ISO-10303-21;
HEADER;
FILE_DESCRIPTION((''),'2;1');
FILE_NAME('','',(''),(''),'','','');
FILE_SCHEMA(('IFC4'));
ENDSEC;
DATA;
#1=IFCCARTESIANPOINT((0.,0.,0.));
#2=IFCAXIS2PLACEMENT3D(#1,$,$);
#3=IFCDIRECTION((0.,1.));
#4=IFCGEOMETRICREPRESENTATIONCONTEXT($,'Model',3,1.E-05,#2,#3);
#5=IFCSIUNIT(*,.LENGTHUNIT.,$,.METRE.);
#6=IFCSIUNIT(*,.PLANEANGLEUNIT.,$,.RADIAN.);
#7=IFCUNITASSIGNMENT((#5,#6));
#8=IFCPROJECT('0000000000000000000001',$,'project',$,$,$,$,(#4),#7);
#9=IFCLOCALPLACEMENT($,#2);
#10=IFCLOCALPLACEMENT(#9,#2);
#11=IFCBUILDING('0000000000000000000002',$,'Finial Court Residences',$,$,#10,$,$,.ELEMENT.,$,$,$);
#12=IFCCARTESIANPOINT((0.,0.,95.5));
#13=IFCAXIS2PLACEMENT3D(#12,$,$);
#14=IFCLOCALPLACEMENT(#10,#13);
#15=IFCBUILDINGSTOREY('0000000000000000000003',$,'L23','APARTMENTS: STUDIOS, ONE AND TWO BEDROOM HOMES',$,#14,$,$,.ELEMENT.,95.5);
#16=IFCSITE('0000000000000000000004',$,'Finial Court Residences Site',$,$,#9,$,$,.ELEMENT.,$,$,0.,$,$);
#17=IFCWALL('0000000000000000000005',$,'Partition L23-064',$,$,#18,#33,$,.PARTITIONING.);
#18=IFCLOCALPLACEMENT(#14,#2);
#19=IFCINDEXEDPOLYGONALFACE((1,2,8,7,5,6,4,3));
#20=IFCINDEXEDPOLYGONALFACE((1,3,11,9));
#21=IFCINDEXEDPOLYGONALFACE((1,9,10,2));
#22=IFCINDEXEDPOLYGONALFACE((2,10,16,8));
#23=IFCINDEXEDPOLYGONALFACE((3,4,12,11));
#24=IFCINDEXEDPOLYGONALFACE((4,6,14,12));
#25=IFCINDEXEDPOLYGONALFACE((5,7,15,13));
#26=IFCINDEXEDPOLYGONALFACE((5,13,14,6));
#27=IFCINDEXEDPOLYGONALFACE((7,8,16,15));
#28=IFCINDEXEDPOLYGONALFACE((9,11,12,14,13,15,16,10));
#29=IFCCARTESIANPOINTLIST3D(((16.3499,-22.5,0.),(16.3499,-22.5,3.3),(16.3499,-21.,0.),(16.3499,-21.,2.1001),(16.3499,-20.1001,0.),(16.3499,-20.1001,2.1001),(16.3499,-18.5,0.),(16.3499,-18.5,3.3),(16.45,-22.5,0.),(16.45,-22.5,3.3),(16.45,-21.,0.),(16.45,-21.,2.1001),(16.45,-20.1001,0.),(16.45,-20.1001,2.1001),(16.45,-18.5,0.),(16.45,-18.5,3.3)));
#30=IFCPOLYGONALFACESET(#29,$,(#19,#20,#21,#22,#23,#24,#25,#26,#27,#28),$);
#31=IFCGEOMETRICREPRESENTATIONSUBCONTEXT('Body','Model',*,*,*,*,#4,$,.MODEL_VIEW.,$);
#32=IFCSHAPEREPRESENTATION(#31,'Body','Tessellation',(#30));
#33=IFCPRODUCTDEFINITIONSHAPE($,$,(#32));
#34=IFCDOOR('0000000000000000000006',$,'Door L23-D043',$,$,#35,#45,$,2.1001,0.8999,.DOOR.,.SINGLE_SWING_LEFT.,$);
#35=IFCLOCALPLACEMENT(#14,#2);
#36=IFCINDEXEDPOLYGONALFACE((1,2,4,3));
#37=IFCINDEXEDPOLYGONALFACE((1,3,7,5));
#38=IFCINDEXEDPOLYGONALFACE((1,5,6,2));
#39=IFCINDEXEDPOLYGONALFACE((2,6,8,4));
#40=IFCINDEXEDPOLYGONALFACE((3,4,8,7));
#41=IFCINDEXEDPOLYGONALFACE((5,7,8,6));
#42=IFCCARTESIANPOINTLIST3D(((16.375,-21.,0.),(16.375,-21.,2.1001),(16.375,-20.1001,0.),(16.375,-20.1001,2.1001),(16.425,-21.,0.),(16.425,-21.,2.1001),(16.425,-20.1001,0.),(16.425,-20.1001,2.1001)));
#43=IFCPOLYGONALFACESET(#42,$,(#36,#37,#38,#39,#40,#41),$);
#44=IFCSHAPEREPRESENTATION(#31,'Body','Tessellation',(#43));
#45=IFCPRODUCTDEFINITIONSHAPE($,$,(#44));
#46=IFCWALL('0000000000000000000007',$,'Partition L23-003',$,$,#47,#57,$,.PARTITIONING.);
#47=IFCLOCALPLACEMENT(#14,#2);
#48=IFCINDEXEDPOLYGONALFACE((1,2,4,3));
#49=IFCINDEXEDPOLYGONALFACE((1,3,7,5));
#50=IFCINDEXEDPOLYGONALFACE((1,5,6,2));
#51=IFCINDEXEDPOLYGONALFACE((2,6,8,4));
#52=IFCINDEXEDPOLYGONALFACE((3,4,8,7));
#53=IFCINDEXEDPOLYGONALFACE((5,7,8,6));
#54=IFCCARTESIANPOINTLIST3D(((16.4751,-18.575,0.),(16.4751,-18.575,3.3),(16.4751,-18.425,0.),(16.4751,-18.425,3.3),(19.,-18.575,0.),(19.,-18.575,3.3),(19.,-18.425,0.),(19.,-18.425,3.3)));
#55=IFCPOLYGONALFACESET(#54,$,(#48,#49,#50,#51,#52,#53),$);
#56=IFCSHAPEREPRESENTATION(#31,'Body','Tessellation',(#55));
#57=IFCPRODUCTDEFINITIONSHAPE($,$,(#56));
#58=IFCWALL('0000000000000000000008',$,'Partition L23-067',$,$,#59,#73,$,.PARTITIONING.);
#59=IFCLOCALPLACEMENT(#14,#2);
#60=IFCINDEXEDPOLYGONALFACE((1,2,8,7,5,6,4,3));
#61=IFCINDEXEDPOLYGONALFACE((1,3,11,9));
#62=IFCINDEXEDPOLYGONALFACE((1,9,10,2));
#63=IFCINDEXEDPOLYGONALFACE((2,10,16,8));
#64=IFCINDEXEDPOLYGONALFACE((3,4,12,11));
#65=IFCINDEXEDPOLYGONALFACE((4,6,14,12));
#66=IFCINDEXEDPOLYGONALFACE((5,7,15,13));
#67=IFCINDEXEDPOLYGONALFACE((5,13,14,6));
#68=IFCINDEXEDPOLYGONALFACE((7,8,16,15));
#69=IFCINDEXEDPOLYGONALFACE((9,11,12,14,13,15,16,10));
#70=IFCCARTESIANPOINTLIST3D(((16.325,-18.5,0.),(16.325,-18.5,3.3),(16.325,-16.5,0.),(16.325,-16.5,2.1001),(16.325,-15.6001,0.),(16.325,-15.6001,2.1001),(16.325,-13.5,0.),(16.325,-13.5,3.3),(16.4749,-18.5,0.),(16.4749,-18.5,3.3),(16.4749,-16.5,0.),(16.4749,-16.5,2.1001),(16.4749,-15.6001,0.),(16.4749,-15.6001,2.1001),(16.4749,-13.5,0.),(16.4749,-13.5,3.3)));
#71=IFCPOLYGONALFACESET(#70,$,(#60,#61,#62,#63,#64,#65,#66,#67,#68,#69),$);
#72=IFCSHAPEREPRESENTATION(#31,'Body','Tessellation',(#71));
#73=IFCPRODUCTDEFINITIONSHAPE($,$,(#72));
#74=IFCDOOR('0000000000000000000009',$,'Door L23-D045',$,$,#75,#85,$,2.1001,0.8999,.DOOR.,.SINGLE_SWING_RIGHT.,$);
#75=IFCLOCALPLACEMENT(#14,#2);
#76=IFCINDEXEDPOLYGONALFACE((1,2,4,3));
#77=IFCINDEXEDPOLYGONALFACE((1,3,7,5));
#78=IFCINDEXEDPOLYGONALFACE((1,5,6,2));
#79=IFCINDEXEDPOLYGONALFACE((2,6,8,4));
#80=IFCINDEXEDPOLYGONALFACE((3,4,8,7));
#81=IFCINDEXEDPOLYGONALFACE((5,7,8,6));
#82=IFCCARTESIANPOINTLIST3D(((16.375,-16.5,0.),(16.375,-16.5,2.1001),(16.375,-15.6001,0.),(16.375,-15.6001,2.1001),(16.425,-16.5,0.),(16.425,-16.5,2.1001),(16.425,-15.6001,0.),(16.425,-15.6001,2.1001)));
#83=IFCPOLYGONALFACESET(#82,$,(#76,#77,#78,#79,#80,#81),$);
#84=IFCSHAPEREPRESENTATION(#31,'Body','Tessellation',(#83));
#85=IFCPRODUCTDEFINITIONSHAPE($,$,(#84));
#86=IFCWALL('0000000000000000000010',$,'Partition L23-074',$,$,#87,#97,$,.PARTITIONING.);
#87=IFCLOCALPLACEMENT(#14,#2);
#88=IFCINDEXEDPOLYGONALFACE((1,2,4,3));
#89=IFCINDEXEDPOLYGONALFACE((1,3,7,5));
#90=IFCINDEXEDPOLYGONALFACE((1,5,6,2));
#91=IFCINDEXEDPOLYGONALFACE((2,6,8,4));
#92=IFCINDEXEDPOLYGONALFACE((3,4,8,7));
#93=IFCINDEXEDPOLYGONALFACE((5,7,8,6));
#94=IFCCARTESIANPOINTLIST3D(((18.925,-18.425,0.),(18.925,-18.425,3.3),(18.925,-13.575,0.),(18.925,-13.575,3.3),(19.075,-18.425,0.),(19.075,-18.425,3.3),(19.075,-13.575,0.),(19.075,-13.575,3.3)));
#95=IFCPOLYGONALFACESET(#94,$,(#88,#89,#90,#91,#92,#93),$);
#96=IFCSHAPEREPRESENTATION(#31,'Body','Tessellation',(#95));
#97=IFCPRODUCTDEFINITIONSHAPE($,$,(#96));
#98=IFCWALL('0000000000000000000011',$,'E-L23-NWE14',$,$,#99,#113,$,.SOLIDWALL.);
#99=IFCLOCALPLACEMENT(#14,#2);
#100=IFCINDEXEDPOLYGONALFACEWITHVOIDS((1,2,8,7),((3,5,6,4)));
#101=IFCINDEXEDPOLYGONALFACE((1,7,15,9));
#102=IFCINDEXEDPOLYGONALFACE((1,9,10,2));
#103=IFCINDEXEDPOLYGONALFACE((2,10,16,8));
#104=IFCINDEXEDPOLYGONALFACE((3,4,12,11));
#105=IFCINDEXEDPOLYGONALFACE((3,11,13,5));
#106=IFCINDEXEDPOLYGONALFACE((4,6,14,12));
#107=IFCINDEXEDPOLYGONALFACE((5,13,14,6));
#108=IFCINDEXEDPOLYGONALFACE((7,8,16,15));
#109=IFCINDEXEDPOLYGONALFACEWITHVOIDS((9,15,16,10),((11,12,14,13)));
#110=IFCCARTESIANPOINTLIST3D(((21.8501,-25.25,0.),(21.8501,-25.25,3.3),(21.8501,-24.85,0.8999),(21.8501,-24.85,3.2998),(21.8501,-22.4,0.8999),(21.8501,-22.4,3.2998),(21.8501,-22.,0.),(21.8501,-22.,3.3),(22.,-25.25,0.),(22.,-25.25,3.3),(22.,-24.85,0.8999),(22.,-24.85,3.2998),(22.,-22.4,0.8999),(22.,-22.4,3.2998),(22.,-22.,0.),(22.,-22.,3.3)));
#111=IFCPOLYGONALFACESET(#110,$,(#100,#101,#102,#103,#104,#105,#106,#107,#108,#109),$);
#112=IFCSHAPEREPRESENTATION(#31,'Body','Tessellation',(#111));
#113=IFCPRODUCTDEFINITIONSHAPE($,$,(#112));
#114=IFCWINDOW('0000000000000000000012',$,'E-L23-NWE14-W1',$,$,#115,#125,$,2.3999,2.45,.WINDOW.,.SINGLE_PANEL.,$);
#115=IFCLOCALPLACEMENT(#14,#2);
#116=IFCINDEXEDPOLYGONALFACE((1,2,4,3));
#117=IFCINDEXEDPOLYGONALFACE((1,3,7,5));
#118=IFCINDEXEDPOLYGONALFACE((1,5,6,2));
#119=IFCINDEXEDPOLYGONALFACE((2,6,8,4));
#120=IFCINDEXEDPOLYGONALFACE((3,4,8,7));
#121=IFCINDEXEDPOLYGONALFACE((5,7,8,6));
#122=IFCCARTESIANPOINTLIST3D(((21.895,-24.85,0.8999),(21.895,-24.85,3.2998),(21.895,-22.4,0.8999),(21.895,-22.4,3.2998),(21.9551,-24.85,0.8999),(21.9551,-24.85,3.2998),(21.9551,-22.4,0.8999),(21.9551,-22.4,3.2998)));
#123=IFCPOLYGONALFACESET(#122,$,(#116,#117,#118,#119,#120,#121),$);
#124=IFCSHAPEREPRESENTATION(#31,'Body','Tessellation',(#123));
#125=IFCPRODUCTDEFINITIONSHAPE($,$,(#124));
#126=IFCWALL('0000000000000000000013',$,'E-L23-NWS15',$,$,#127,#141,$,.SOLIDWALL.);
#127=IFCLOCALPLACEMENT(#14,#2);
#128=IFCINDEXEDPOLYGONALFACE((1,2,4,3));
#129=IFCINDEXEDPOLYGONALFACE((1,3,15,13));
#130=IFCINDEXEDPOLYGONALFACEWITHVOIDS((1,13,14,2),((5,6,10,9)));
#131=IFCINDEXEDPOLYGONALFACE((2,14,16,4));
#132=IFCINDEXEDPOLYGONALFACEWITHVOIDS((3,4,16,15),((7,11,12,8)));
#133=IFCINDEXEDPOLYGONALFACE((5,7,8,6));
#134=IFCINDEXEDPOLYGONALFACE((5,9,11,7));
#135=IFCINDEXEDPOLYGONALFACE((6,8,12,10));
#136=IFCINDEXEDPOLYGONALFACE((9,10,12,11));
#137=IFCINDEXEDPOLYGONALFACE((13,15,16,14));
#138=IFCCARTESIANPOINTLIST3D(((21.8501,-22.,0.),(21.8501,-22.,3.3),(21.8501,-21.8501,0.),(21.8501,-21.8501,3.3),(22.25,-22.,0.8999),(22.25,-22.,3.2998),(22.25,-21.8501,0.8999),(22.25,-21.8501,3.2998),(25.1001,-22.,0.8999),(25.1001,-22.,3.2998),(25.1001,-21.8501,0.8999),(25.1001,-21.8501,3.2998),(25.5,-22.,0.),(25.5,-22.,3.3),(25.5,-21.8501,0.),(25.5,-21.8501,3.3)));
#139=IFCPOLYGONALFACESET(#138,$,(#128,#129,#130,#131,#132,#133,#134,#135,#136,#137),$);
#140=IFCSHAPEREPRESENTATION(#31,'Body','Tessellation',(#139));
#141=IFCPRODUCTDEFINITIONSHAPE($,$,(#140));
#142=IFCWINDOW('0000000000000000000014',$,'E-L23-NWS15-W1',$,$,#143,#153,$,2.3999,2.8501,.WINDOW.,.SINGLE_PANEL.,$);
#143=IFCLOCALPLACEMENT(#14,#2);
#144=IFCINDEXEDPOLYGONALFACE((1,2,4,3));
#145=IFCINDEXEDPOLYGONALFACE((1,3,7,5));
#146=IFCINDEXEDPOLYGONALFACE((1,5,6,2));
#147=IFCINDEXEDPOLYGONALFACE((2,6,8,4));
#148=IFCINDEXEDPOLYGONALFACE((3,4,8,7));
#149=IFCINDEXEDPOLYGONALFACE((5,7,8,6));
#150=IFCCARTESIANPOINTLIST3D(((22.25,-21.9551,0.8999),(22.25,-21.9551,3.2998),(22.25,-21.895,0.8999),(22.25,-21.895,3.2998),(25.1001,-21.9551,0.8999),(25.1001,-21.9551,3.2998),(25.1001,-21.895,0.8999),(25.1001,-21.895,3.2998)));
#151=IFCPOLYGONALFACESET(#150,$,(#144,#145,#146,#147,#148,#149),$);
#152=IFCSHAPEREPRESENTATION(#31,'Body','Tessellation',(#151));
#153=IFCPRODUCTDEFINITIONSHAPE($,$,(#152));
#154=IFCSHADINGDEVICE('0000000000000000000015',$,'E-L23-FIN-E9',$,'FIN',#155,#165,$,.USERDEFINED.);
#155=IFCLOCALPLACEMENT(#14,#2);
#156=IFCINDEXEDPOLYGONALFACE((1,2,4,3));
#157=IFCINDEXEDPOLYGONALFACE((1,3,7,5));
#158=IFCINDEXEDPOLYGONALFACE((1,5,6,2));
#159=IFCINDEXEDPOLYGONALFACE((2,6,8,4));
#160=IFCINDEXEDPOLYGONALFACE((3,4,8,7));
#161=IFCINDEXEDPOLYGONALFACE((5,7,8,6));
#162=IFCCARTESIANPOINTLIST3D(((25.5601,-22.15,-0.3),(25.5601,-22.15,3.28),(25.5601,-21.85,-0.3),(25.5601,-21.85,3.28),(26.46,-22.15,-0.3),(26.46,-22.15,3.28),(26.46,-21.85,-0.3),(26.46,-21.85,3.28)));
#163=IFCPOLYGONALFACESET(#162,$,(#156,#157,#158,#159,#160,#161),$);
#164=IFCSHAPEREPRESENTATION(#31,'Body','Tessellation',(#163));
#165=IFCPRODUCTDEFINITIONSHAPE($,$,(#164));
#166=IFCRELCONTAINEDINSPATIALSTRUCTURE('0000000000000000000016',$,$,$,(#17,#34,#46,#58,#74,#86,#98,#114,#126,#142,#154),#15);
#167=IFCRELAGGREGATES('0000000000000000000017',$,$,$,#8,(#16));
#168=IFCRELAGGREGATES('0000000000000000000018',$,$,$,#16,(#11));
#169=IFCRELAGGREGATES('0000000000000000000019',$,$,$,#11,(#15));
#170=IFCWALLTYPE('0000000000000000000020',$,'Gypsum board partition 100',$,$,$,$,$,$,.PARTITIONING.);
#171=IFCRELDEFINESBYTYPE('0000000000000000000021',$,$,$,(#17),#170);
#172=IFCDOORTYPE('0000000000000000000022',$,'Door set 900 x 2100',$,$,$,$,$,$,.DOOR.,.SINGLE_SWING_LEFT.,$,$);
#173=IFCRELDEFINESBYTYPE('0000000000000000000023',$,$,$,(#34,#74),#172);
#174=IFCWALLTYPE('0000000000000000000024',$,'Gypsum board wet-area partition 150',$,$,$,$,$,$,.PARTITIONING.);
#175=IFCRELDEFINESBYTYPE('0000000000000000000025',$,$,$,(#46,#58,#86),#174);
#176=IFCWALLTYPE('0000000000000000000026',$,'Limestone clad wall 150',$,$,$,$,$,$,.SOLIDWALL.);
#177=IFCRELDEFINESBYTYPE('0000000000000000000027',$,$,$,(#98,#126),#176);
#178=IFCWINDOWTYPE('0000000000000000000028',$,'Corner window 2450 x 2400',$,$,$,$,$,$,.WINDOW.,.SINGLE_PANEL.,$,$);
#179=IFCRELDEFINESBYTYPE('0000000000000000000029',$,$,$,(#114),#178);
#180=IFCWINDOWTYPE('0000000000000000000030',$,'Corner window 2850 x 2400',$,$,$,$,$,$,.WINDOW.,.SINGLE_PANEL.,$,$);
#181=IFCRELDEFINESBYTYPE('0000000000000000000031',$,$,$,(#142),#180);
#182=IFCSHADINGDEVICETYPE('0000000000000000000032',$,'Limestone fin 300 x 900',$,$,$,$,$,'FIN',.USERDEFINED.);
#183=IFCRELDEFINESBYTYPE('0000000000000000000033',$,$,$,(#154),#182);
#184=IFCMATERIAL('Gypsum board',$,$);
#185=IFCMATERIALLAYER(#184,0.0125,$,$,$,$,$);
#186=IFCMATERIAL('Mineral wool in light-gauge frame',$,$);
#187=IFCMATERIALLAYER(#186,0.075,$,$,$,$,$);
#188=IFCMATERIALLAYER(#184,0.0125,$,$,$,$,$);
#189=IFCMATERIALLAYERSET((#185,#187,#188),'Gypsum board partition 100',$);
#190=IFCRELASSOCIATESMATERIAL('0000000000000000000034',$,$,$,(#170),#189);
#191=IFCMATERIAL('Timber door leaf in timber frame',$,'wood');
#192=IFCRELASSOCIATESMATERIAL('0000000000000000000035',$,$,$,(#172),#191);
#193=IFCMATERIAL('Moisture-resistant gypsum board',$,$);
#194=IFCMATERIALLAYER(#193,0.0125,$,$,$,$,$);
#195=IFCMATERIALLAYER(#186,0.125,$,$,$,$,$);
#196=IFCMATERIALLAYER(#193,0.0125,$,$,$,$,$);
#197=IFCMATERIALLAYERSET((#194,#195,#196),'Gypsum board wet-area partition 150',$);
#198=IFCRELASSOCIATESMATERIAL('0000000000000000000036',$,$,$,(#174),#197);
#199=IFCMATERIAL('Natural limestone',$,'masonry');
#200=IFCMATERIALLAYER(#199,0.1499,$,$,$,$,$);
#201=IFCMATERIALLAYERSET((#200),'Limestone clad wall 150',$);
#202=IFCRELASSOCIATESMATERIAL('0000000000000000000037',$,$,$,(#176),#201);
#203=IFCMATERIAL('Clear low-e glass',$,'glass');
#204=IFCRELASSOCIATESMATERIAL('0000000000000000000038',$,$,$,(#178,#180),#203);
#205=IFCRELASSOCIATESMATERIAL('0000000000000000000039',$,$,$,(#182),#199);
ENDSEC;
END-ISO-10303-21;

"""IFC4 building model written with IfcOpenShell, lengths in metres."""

from ifc_helpers import new_model, si_unit, direction, frame, frame_2d, origin, origin_2d, place, context, subcontext, project, spatial, rectangle, extrude, material, layer, layer_set, type_object, element, fill, save


model = new_model("IFC4")

# Units and contexts
model_context = context("Model", 3, precision=1e-05, world=origin(), true_north=direction((0.0, 1.0)))
body_context = subcontext(model_context, "Body", "Model", "MODEL_VIEW")
ifc_project = project(units=[si_unit("LENGTHUNIT", "METRE"), si_unit("PLANEANGLEUNIT", "RADIAN")], contexts=[model_context])

# Site, building, storey
site_placement = place(None, origin())
site = spatial("IfcSite", under=ifc_project, at=site_placement, Name="Finial Court Residences Site", CompositionType="ELEMENT", RefElevation=0.0)
building_placement = place(site_placement, origin())
building = spatial("IfcBuilding", under=site, at=building_placement, Name="Finial Court Residences", CompositionType="ELEMENT")
storey_placement = place(building_placement, frame((0.0, 0.0, 95.5)))
storey = spatial("IfcBuildingStorey", under=building, at=storey_placement, Name="L23", Description="APARTMENTS: STUDIOS, ONE AND TWO BEDROOM HOMES", CompositionType="ELEMENT", Elevation=95.5)

# Shared definitions
ifc_material_1 = material(Name="Clear low-e glass", Category="glass")

# Wall, opening, door
ifc_material_2 = material(Name="Gypsum board")
ifc_layer_1 = layer(ifc_material_2, 0.0125)
ifc_material_3 = material(Name="Mineral wool in light-gauge frame")
ifc_layer_2 = layer(ifc_material_3, 0.075)
ifc_layer_3 = layer(ifc_material_2, 0.0125)
ifc_layer_set_1 = layer_set([ifc_layer_1, ifc_layer_2, ifc_layer_3], Name="Gypsum board partition 100")
wall_type_1 = type_object("IfcWallType", Name="Gypsum board partition 100", PredefinedType="PARTITIONING", material=ifc_layer_set_1)
ifc_material_4 = material(Name="Timber door leaf in timber frame", Category="wood")
door_type = type_object("IfcDoorType", Name="Door set 900 x 2100", OperationType="SINGLE_SWING_LEFT", PredefinedType="DOOR", material=ifc_material_4)
wall_1_placement = place(storey_placement, frame((16.3999, -22.5, 0.0), z_axis=(0.0, 0.0, 1.0), x_axis=(0.0, 1.0, 0.0)))
wall_1 = element("IfcWall", 1, at=wall_1_placement, inside=storey, type_object=wall_type_1, Name="Partition L23-064", PredefinedType="PARTITIONING", context=body_context, shape_type="SweptSolid", body=[
    extrude(rectangle(XDim=4.0, YDim=0.1001, at=frame_2d((2.0, 0.0))), origin(), (0.0, 0.0, 1.0), 3.3),
])
opening_1_placement = place(wall_1_placement, frame((1.5, 0.0, 0.0)))
opening_1 = element("IfcOpeningElement", 2, at=opening_1_placement, cuts=wall_1, PredefinedType="OPENING", context=body_context, shape_type="SweptSolid", body=[
    extrude(rectangle(XDim=0.8999, YDim=2.1001, at=frame_2d((0.45, 1.05))), frame((0.0, 0.0601, 0.0), z_axis=(0.0, -1.0, 0.0), x_axis=(1.0, 0.0, 0.0)), (0.0, 0.0, 1.0), 0.1201),
])
door_1_placement = place(opening_1_placement, origin())
door_1 = element("IfcDoor", 3, at=door_1_placement, inside=storey, type_object=door_type, Name="Door L23-D043", OperationType="SINGLE_SWING_LEFT", OverallHeight=2.1001, OverallWidth=0.8999, PredefinedType="DOOR", context=body_context, shape_type="SweptSolid", body=[
    extrude(rectangle(XDim=0.8999, YDim=2.1001, at=frame_2d((0.45, 1.05))), frame((0.0, 0.0249, 0.0), z_axis=(0.0, -1.0, 0.0), x_axis=(1.0, 0.0, 0.0)), (0.0, 0.0, 1.0), 0.05),
])
fill(opening_1, door_1)

# Wall
ifc_material_5 = material(Name="Moisture-resistant gypsum board")
ifc_layer_4 = layer(ifc_material_5, 0.0125)
ifc_layer_5 = layer(ifc_material_3, 0.125)
ifc_layer_6 = layer(ifc_material_5, 0.0125)
ifc_layer_set_2 = layer_set([ifc_layer_4, ifc_layer_5, ifc_layer_6], Name="Gypsum board wet-area partition 150")
wall_type_2 = type_object("IfcWallType", Name="Gypsum board wet-area partition 150", PredefinedType="PARTITIONING", material=ifc_layer_set_2)
wall_2_placement = place(storey_placement, frame((16.4751, -18.5, 0.0), z_axis=(0.0, 0.0, 1.0), x_axis=(1.0, 0.0, 0.0)))
element("IfcWall", 4, at=wall_2_placement, inside=storey, type_object=wall_type_2, Name="Partition L23-003", PredefinedType="PARTITIONING", context=body_context, shape_type="SweptSolid", body=[
    extrude(rectangle(XDim=2.5249, YDim=0.1499, at=frame_2d((1.2625, 0.0))), origin(), (0.0, 0.0, 1.0), 3.3),
])

# Wall, opening, door
wall_3_placement = place(storey_placement, frame((16.3999, -18.5, 0.0), z_axis=(0.0, 0.0, 1.0), x_axis=(0.0, 1.0, 0.0)))
wall_3 = element("IfcWall", 5, at=wall_3_placement, inside=storey, type_object=wall_type_2, Name="Partition L23-067", PredefinedType="PARTITIONING", context=body_context, shape_type="SweptSolid", body=[
    extrude(rectangle(XDim=5.0, YDim=0.1499, at=frame_2d((2.5, 0.0))), origin(), (0.0, 0.0, 1.0), 3.3),
])
opening_2_placement = place(wall_3_placement, frame((2.0, 0.0, 0.0)))
opening_2 = element("IfcOpeningElement", 6, at=opening_2_placement, cuts=wall_3, PredefinedType="OPENING", context=body_context, shape_type="SweptSolid", body=[
    extrude(rectangle(XDim=0.8999, YDim=2.1001, at=frame_2d((0.45, 1.05))), frame((0.0, 0.085, 0.0), z_axis=(0.0, -1.0, 0.0), x_axis=(1.0, 0.0, 0.0)), (0.0, 0.0, 1.0), 0.1699),
])
door_2_placement = place(opening_2_placement, origin())
door_2 = element("IfcDoor", 7, at=door_2_placement, inside=storey, type_object=door_type, Name="Door L23-D045", OperationType="SINGLE_SWING_RIGHT", OverallHeight=2.1001, OverallWidth=0.8999, PredefinedType="DOOR", context=body_context, shape_type="SweptSolid", body=[
    extrude(rectangle(XDim=0.8999, YDim=2.1001, at=frame_2d((0.45, 1.05))), frame((0.0, 0.0249, 0.0), z_axis=(0.0, -1.0, 0.0), x_axis=(1.0, 0.0, 0.0)), (0.0, 0.0, 1.0), 0.05),
])
fill(opening_2, door_2)

# Wall
wall_4_placement = place(storey_placement, frame((19.0, -18.425, 0.0), z_axis=(0.0, 0.0, 1.0), x_axis=(0.0, 1.0, 0.0)))
element("IfcWall", 8, at=wall_4_placement, inside=storey, type_object=wall_type_2, Name="Partition L23-074", PredefinedType="PARTITIONING", context=body_context, shape_type="SweptSolid", body=[
    extrude(rectangle(XDim=4.8501, YDim=0.1499, at=frame_2d((2.425, 0.0))), origin(), (0.0, 0.0, 1.0), 3.3),
])

# Walls, openings, windows
ifc_material_6 = material(Name="Natural limestone", Category="masonry")
ifc_layer_7 = layer(ifc_material_6, 0.1499)
ifc_layer_set_3 = layer_set([ifc_layer_7], Name="Limestone clad wall 150")
wall_type_3 = type_object("IfcWallType", Name="Limestone clad wall 150", PredefinedType="SOLIDWALL", material=ifc_layer_set_3)
wall_5_placement = place(storey_placement, frame((21.925, -22.0, 0.0), z_axis=(0.0, 0.0, 1.0), x_axis=(0.0, -1.0, 0.0)))
wall_5 = element("IfcWall", 9, at=wall_5_placement, inside=storey, type_object=wall_type_3, Name="E-L23-NWE14", PredefinedType="SOLIDWALL", context=body_context, shape_type="SweptSolid", body=[
    extrude(rectangle(XDim=3.25, YDim=0.1499, at=frame_2d((1.625, 0.0))), origin(), (0.0, 0.0, 1.0), 3.3),
])
opening_3_placement = place(wall_5_placement, frame((0.3999, 0.0, 0.8999)))
opening_3 = element("IfcOpeningElement", 10, at=opening_3_placement, cuts=wall_5, PredefinedType="OPENING", context=body_context, shape_type="SweptSolid", body=[
    extrude(rectangle(XDim=2.45, YDim=2.3999, at=frame_2d((1.2251, 1.2))), frame((0.0, 0.085, 0.0), z_axis=(0.0, -1.0, 0.0), x_axis=(1.0, 0.0, 0.0)), (0.0, 0.0, 1.0), 0.1699),
])
window_type_1 = type_object("IfcWindowType", Name="Corner window 2450 x 2400", PartitioningType="SINGLE_PANEL", PredefinedType="WINDOW", material=ifc_material_1)
window_1_placement = place(opening_3_placement, origin())
window_1 = element("IfcWindow", 11, at=window_1_placement, inside=storey, type_object=window_type_1, Name="E-L23-NWE14-W1", OverallHeight=2.3999, OverallWidth=2.45, PartitioningType="SINGLE_PANEL", PredefinedType="WINDOW", context=body_context, shape_type="SweptSolid", body=[
    extrude(rectangle(XDim=2.45, YDim=2.3999, at=frame_2d((1.2251, 1.2))), frame((0.0, 0.03, 0.0), z_axis=(0.0, -1.0, 0.0), x_axis=(1.0, 0.0, 0.0)), (0.0, 0.0, 1.0), 0.0601),
])
fill(opening_3, window_1)
wall_6_placement = place(storey_placement, frame((25.5, -21.925, 0.0), z_axis=(0.0, 0.0, 1.0), x_axis=(-1.0, 0.0, 0.0)))
wall_6 = element("IfcWall", 12, at=wall_6_placement, inside=storey, type_object=wall_type_3, Name="E-L23-NWS15", PredefinedType="SOLIDWALL", context=body_context, shape_type="SweptSolid", body=[
    extrude(rectangle(XDim=3.6499, YDim=0.1499, at=frame_2d((1.825, 0.0))), origin(), (0.0, 0.0, 1.0), 3.3),
])
opening_4_placement = place(wall_6_placement, frame((0.3999, 0.0, 0.8999)))
opening_4 = element("IfcOpeningElement", 13, at=opening_4_placement, cuts=wall_6, PredefinedType="OPENING", context=body_context, shape_type="SweptSolid", body=[
    extrude(rectangle(XDim=2.8501, YDim=2.3999, at=frame_2d((1.425, 1.2))), frame((0.0, 0.085, 0.0), z_axis=(0.0, -1.0, 0.0), x_axis=(1.0, 0.0, 0.0)), (0.0, 0.0, 1.0), 0.1699),
])
window_type_2 = type_object("IfcWindowType", Name="Corner window 2850 x 2400", PartitioningType="SINGLE_PANEL", PredefinedType="WINDOW", material=ifc_material_1)
window_2_placement = place(opening_4_placement, origin())
window_2 = element("IfcWindow", 14, at=window_2_placement, inside=storey, type_object=window_type_2, Name="E-L23-NWS15-W1", OverallHeight=2.3999, OverallWidth=2.8501, PartitioningType="SINGLE_PANEL", PredefinedType="WINDOW", context=body_context, shape_type="SweptSolid", body=[
    extrude(rectangle(XDim=2.8501, YDim=2.3999, at=frame_2d((1.425, 1.2))), frame((0.0, 0.03, 0.0), z_axis=(0.0, -1.0, 0.0), x_axis=(1.0, 0.0, 0.0)), (0.0, 0.0, 1.0), 0.0601),
])
fill(opening_4, window_2)

# Shading device
shading_device_type = type_object("IfcShadingDeviceType", Name="Limestone fin 300 x 900", ElementType="FIN", PredefinedType="USERDEFINED", material=ifc_material_6)
shading_device_placement = place(storey_placement, frame((26.01, -22.0, -0.3), z_axis=(0.0, 0.0, 1.0), x_axis=(1.0, 0.0, 0.0)))
element("IfcShadingDevice", 15, at=shading_device_placement, inside=storey, type_object=shading_device_type, Name="E-L23-FIN-E9", ObjectType="FIN", PredefinedType="USERDEFINED", context=body_context, shape_type="SweptSolid", body=[
    extrude(rectangle(XDim=0.8999, YDim=0.3, at=origin_2d()), origin(), (0.0, 0.0, 1.0), 3.5801),
])

save(model, "model.ifc")
